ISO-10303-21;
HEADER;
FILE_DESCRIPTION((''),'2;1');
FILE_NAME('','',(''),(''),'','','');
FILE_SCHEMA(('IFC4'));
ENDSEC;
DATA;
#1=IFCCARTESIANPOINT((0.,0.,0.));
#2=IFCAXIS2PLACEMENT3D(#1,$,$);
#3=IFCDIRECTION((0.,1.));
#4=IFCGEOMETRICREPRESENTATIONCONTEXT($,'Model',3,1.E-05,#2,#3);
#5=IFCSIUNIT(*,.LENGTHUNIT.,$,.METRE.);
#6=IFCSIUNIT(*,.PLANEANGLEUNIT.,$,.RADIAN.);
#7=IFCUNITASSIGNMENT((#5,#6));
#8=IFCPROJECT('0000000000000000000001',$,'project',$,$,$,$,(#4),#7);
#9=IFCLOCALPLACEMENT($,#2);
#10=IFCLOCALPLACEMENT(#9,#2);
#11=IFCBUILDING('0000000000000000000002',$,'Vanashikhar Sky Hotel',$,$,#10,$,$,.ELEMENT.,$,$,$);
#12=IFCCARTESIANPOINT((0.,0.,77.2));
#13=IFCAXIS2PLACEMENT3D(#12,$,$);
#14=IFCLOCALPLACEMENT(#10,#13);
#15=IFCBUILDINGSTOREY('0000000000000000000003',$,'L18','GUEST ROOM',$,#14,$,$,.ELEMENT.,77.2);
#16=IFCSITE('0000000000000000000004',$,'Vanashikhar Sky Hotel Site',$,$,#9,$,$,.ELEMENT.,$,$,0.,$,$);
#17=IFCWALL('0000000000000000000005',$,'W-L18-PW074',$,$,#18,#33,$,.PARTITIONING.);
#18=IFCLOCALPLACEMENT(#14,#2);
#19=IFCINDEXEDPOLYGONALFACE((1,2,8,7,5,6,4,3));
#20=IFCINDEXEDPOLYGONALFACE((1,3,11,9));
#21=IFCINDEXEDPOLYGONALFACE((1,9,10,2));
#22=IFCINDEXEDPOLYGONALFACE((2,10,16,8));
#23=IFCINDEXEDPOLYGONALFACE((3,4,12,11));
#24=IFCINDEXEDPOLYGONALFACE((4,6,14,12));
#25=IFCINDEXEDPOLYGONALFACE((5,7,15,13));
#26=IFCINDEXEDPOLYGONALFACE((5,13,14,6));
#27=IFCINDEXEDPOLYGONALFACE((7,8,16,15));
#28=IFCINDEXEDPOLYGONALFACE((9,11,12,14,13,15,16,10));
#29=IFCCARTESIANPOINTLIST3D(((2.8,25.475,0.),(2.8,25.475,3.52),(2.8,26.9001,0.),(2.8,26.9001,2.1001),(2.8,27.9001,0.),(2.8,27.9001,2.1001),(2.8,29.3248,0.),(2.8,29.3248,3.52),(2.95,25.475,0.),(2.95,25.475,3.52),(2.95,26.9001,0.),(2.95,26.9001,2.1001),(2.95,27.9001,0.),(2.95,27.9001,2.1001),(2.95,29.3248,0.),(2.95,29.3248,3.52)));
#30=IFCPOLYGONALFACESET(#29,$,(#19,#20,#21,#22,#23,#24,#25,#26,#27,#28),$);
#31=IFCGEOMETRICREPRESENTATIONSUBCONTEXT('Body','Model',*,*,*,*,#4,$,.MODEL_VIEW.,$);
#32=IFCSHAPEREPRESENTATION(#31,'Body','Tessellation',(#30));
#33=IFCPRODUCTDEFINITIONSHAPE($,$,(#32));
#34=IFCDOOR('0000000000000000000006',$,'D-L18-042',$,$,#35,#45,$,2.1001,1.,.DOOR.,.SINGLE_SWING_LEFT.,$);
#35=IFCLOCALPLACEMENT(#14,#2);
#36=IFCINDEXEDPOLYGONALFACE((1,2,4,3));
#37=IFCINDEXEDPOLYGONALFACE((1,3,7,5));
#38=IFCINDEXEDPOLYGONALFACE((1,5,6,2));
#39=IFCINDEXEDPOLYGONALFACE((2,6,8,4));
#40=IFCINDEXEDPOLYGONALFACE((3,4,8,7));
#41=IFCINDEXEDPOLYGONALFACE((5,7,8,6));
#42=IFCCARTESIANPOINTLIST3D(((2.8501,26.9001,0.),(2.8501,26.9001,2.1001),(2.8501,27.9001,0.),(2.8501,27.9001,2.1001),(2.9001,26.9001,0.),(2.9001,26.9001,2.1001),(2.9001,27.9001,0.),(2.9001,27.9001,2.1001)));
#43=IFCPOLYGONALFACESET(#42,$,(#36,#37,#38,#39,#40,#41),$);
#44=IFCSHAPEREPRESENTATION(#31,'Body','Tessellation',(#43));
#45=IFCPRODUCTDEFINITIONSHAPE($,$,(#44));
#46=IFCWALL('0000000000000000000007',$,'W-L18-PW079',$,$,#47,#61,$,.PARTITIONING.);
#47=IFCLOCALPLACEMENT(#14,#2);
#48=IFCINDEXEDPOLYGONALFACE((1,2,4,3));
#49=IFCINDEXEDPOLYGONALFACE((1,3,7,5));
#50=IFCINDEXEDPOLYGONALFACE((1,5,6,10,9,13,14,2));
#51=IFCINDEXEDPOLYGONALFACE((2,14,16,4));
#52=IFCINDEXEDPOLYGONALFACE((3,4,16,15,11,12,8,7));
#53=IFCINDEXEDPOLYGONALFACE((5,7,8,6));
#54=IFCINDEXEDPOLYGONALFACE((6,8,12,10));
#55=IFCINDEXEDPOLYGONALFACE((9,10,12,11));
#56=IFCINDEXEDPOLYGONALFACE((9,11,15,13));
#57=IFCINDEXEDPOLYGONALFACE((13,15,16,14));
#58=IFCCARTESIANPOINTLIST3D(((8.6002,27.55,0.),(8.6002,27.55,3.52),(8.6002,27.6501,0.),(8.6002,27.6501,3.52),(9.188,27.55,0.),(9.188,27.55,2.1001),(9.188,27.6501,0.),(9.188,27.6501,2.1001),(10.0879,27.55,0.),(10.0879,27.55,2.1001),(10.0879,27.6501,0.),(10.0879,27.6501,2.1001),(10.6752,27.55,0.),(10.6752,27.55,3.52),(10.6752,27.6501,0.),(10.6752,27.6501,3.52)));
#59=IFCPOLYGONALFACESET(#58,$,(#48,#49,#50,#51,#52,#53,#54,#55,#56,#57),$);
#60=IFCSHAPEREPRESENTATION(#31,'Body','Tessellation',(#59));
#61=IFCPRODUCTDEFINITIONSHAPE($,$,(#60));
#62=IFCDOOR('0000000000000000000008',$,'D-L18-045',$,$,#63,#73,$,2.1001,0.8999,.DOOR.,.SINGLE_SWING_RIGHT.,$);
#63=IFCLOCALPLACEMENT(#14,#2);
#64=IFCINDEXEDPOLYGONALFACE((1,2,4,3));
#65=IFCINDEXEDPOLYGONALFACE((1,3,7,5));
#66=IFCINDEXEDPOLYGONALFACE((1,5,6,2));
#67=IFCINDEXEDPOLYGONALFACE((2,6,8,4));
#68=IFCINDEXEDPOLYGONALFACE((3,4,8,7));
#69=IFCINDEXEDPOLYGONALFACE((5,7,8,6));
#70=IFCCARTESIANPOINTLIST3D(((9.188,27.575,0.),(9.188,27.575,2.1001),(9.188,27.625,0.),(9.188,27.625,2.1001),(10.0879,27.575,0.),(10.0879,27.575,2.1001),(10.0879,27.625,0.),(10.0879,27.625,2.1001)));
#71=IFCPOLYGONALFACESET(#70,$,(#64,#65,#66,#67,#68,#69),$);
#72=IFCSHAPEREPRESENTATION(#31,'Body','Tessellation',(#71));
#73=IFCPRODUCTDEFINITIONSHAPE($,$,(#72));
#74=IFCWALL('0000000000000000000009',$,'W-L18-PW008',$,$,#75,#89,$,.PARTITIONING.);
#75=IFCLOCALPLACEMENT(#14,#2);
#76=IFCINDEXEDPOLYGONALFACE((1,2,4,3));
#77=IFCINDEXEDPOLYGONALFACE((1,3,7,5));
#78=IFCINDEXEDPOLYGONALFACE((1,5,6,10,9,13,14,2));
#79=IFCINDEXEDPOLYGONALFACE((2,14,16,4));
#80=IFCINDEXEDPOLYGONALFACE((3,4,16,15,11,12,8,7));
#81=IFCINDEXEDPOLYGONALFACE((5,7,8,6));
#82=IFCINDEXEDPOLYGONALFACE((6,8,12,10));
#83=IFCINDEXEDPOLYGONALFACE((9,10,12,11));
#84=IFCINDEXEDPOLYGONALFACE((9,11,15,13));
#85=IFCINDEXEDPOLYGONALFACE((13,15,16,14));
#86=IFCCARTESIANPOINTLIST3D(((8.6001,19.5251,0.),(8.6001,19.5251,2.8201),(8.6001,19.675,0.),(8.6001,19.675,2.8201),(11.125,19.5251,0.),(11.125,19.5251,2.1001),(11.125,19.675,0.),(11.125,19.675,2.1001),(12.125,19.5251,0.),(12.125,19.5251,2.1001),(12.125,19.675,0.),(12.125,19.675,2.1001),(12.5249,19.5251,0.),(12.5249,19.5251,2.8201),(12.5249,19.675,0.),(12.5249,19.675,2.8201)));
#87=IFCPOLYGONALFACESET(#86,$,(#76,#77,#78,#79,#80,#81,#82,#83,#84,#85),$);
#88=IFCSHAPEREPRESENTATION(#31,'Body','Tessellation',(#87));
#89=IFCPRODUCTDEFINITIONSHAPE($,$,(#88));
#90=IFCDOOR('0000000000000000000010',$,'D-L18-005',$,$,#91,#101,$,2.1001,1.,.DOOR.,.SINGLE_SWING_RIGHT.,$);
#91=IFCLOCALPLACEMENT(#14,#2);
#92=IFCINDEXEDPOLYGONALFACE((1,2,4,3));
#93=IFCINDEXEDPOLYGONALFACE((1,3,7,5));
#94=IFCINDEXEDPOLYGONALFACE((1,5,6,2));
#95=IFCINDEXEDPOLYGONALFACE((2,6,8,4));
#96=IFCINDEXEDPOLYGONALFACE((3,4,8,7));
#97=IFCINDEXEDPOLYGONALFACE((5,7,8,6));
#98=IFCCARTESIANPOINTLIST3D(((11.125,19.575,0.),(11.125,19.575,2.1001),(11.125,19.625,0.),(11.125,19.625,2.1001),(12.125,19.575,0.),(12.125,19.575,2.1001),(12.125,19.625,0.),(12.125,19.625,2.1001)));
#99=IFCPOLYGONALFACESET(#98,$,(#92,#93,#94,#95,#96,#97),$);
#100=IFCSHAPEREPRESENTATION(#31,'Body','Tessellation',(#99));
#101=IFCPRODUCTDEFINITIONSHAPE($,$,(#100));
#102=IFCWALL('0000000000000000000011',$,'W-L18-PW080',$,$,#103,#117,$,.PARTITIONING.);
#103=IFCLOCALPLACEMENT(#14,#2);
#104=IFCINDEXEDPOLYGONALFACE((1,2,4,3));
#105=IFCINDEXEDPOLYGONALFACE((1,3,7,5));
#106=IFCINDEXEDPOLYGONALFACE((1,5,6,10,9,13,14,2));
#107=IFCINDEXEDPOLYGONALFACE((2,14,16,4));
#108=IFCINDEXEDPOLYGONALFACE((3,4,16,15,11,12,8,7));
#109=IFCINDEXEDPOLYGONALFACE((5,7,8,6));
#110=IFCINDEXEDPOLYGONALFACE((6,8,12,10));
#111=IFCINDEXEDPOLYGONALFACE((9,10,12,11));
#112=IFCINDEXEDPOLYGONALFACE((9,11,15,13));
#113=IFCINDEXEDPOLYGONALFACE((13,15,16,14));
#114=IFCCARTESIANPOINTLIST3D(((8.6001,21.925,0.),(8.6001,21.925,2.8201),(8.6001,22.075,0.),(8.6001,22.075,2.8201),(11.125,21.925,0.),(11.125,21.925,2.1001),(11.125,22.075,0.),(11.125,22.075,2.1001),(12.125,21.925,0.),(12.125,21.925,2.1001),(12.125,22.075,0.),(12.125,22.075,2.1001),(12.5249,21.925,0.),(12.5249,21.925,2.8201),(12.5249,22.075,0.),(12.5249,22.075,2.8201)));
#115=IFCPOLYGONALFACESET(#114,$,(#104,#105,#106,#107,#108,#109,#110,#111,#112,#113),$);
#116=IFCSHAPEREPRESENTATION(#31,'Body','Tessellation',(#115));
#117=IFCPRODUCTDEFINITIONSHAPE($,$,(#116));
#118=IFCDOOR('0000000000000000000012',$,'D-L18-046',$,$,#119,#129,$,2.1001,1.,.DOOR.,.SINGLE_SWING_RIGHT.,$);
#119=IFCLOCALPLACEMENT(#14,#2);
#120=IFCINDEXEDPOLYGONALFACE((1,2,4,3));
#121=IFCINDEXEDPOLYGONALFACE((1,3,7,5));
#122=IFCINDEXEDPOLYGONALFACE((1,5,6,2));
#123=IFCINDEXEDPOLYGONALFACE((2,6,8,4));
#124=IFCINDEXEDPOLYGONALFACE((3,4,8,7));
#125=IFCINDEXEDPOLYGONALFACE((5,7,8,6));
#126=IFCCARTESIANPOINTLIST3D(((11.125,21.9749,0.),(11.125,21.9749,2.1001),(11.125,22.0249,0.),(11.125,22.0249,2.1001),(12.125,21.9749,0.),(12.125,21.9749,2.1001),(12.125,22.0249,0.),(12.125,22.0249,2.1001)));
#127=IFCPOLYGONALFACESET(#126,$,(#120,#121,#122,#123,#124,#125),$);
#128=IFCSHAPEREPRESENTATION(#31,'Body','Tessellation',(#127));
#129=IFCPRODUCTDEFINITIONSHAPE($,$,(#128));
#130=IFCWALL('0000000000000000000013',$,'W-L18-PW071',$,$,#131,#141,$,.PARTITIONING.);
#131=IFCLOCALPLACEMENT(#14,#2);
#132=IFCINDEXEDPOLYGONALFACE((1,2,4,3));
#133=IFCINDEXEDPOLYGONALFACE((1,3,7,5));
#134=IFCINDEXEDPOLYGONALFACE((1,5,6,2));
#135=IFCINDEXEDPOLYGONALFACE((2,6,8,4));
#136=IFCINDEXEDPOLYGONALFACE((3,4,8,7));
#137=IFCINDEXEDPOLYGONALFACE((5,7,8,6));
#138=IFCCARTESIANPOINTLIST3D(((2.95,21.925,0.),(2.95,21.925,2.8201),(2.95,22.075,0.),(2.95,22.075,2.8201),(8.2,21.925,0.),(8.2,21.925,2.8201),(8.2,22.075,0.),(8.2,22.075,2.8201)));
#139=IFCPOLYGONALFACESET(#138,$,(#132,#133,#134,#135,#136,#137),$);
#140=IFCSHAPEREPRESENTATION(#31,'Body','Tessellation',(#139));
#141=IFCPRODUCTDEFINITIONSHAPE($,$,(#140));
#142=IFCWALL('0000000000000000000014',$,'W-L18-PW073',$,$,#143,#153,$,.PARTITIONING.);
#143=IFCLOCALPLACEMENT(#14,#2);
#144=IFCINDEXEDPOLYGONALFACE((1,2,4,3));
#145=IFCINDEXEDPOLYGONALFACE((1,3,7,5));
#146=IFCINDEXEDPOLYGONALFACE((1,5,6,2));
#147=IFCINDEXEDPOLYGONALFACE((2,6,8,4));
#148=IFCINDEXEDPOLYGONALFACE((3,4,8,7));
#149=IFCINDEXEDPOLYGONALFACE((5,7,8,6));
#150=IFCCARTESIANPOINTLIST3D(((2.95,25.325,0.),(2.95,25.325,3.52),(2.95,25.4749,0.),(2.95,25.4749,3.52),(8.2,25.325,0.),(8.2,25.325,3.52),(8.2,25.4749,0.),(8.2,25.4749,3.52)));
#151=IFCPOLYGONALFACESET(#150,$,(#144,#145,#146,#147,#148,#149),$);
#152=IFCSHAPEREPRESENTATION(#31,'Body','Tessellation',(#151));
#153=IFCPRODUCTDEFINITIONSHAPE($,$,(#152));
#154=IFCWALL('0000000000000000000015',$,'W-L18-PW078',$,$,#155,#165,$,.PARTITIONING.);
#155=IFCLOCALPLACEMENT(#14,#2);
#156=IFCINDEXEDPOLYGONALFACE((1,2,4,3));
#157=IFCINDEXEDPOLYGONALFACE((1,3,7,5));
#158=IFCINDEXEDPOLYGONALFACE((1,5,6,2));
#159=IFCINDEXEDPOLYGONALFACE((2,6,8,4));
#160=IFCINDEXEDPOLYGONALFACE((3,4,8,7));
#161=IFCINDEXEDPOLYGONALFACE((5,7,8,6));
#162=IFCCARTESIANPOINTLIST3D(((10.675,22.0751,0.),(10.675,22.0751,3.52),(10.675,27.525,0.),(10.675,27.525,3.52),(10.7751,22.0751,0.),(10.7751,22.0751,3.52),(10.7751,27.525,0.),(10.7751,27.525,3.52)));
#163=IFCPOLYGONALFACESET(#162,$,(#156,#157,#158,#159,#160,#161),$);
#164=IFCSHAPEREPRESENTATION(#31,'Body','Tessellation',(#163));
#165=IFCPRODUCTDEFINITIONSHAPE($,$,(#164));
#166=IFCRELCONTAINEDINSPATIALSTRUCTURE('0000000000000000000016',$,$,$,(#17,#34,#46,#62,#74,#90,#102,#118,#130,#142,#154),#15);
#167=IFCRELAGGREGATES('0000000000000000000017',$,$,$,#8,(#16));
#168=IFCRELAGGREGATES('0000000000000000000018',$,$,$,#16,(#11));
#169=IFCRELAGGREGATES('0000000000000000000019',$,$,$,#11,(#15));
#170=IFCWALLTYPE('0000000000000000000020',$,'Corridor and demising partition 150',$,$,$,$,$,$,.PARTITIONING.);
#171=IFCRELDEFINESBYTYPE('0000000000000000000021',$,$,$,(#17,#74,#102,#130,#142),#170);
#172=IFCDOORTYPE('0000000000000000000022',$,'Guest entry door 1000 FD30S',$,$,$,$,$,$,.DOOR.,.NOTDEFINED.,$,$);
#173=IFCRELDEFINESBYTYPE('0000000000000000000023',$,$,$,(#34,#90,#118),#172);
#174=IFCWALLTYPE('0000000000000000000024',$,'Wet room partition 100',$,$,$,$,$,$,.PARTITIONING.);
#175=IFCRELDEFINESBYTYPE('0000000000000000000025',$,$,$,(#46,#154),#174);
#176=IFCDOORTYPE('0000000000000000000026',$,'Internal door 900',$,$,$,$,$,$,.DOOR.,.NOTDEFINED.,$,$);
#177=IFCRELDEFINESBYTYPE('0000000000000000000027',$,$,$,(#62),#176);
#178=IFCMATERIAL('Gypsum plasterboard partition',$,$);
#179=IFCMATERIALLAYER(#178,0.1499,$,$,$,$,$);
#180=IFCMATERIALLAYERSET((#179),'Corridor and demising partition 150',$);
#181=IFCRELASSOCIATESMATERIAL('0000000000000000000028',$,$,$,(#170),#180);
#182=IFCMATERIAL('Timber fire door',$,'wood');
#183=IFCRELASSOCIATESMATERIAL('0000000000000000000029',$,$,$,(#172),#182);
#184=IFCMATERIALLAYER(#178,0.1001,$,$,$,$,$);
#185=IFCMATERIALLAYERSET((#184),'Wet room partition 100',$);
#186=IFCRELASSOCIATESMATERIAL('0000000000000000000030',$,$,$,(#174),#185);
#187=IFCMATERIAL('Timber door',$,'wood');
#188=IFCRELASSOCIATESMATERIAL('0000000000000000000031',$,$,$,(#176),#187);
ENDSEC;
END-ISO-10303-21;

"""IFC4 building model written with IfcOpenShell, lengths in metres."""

from ifc_helpers import new_model, si_unit, direction, frame, frame_2d, origin, place, context, subcontext, project, spatial, rectangle, extrude, source, transform, mapped, material, layer, layer_set, type_object, element, fill, save


model = new_model("IFC4")

# Units and contexts
model_context = context("Model", 3, precision=1e-05, world=origin(), true_north=direction((0.0, 1.0)))
body_context = subcontext(model_context, "Body", "Model", "MODEL_VIEW")
ifc_project = project(units=[si_unit("LENGTHUNIT", "METRE"), si_unit("PLANEANGLEUNIT", "RADIAN")], contexts=[model_context])

# Site, building, storey
site_placement = place(None, origin())
site = spatial("IfcSite", under=ifc_project, at=site_placement, Name="Vanashikhar Sky Hotel Site", CompositionType="ELEMENT", RefElevation=0.0)
building_placement = place(site_placement, origin())
building = spatial("IfcBuilding", under=site, at=building_placement, Name="Vanashikhar Sky Hotel", CompositionType="ELEMENT")
storey_placement = place(building_placement, frame((0.0, 0.0, 77.2)))
storey = spatial("IfcBuildingStorey", under=building, at=storey_placement, Name="L18", Description="GUEST ROOM", CompositionType="ELEMENT", Elevation=77.2)

# Walls, openings, doors
ifc_material_1 = material(Name="Gypsum plasterboard partition")
ifc_layer_1 = layer(ifc_material_1, 0.1499)
ifc_layer_set_1 = layer_set([ifc_layer_1], Name="Corridor and demising partition 150")
wall_type_1 = type_object("IfcWallType", Name="Corridor and demising partition 150", PredefinedType="PARTITIONING", material=ifc_layer_set_1)
shared_shape_1 = source(origin(), body_context, "Body", "SweptSolid", [
    extrude(rectangle(XDim=1.0, YDim=2.1001, at=frame_2d((0.5, 1.05))), frame((0.0, 0.085, 0.0), z_axis=(0.0, -1.0, 0.0), x_axis=(1.0, 0.0, 0.0)), (0.0, 0.0, 1.0), 0.1699),
])
ifc_material_2 = material(Name="Timber fire door", Category="wood")
door_type_1 = type_object("IfcDoorType", Name="Guest entry door 1000 FD30S", OperationType="NOTDEFINED", PredefinedType="DOOR", material=ifc_material_2)
shared_shape_2 = source(origin(), body_context, "Body", "SweptSolid", [
    extrude(rectangle(XDim=1.0, YDim=2.1001, at=frame_2d((0.5, 1.05))), frame((0.0, 0.0249, 0.0), z_axis=(0.0, -1.0, 0.0), x_axis=(1.0, 0.0, 0.0)), (0.0, 0.0, 1.0), 0.05),
])
shared_shape_3 = source(origin(), body_context, "Body", "SweptSolid", [
    extrude(rectangle(XDim=3.8499, YDim=0.1499, at=frame_2d((1.9248, 0.0))), origin(), (0.0, 0.0, 1.0), 3.52),
])
wall_1_placement = place(storey_placement, frame((2.875, 25.4751, 0.0), z_axis=(0.0, 0.0, 1.0), x_axis=(0.0, 1.0, 0.0)))
wall_1 = element("IfcWall", 1, at=wall_1_placement, inside=storey, type_object=wall_type_1, Name="W-L18-PW074", PredefinedType="PARTITIONING", context=body_context, shape_type="MappedRepresentation", body=[
    mapped(shared_shape_3, transform((0.0, 0.0, 0.0), scale=1.0)),
])
opening_1_placement = place(wall_1_placement, frame((1.425, 0.0, 0.0)))
opening_1 = element("IfcOpeningElement", 2, at=opening_1_placement, cuts=wall_1, PredefinedType="OPENING", context=body_context, shape_type="MappedRepresentation", body=[
    mapped(shared_shape_1, transform((0.0, 0.0, 0.0), scale=1.0)),
])
door_1_placement = place(opening_1_placement, origin())
door_1 = element("IfcDoor", 3, at=door_1_placement, inside=storey, type_object=door_type_1, Name="D-L18-042", OperationType="SINGLE_SWING_LEFT", OverallHeight=2.1001, OverallWidth=1.0, PredefinedType="DOOR", context=body_context, shape_type="MappedRepresentation", body=[
    mapped(shared_shape_2, transform((0.0, 0.0, 0.0), scale=1.0)),
])
fill(opening_1, door_1)
ifc_layer_2 = layer(ifc_material_1, 0.1001)
ifc_layer_set_2 = layer_set([ifc_layer_2], Name="Wet room partition 100")
wall_type_2 = type_object("IfcWallType", Name="Wet room partition 100", PredefinedType="PARTITIONING", material=ifc_layer_set_2)
shared_shape_4 = source(origin(), body_context, "Body", "SweptSolid", [
    extrude(rectangle(XDim=2.075, YDim=0.1001, at=frame_2d((1.0376, 0.0))), origin(), (0.0, 0.0, 1.0), 3.52),
])
wall_2_placement = place(storey_placement, frame((8.6001, 27.6001, 0.0), z_axis=(0.0, 0.0, 1.0), x_axis=(1.0, 0.0, 0.0)))
wall_2 = element("IfcWall", 4, at=wall_2_placement, inside=storey, type_object=wall_type_2, Name="W-L18-PW079", PredefinedType="PARTITIONING", context=body_context, shape_type="MappedRepresentation", body=[
    mapped(shared_shape_4, transform((0.0, 0.0, 0.0), scale=1.0)),
])
shared_shape_5 = source(origin(), body_context, "Body", "SweptSolid", [
    extrude(rectangle(XDim=0.8999, YDim=2.1001, at=frame_2d((0.45, 1.05))), frame((0.0, 0.0601, 0.0), z_axis=(0.0, -1.0, 0.0), x_axis=(1.0, 0.0, 0.0)), (0.0, 0.0, 1.0), 0.1201),
])
opening_2_placement = place(wall_2_placement, frame((0.5879, 0.0, 0.0)))
opening_2 = element("IfcOpeningElement", 5, at=opening_2_placement, cuts=wall_2, PredefinedType="OPENING", context=body_context, shape_type="MappedRepresentation", body=[
    mapped(shared_shape_5, transform((0.0, 0.0, 0.0), scale=1.0)),
])
ifc_material_3 = material(Name="Timber door", Category="wood")
door_type_2 = type_object("IfcDoorType", Name="Internal door 900", OperationType="NOTDEFINED", PredefinedType="DOOR", material=ifc_material_3)
shared_shape_6 = source(origin(), body_context, "Body", "SweptSolid", [
    extrude(rectangle(XDim=0.8999, YDim=2.1001, at=frame_2d((0.45, 1.05))), frame((0.0, 0.0249, 0.0), z_axis=(0.0, -1.0, 0.0), x_axis=(1.0, 0.0, 0.0)), (0.0, 0.0, 1.0), 0.05),
])
door_2_placement = place(opening_2_placement, origin())
door_2 = element("IfcDoor", 6, at=door_2_placement, inside=storey, type_object=door_type_2, Name="D-L18-045", OperationType="SINGLE_SWING_RIGHT", OverallHeight=2.1001, OverallWidth=0.8999, PredefinedType="DOOR", context=body_context, shape_type="MappedRepresentation", body=[
    mapped(shared_shape_6, transform((0.0, 0.0, 0.0), scale=1.0)),
])
fill(opening_2, door_2)
shared_shape_7 = source(origin(), body_context, "Body", "SweptSolid", [
    extrude(rectangle(XDim=3.9248, YDim=0.1499, at=frame_2d((1.9624, 0.0))), origin(), (0.0, 0.0, 1.0), 2.8201),
])
wall_3_placement = place(storey_placement, frame((8.6001, 19.6001, 0.0), z_axis=(0.0, 0.0, 1.0), x_axis=(1.0, 0.0, 0.0)))
wall_3 = element("IfcWall", 7, at=wall_3_placement, inside=storey, type_object=wall_type_1, Name="W-L18-PW008", PredefinedType="PARTITIONING", context=body_context, shape_type="MappedRepresentation", body=[
    mapped(shared_shape_7, transform((0.0, 0.0, 0.0), scale=1.0)),
])
opening_3_placement = place(wall_3_placement, frame((2.5249, 0.0, 0.0)))
opening_3 = element("IfcOpeningElement", 8, at=opening_3_placement, cuts=wall_3, PredefinedType="OPENING", context=body_context, shape_type="MappedRepresentation", body=[
    mapped(shared_shape_1, transform((0.0, 0.0, 0.0), scale=1.0)),
])
door_3_placement = place(opening_3_placement, origin())
door_3 = element("IfcDoor", 9, at=door_3_placement, inside=storey, type_object=door_type_1, Name="D-L18-005", OperationType="SINGLE_SWING_RIGHT", OverallHeight=2.1001, OverallWidth=1.0, PredefinedType="DOOR", context=body_context, shape_type="MappedRepresentation", body=[
    mapped(shared_shape_2, transform((0.0, 0.0, 0.0), scale=1.0)),
])
fill(opening_3, door_3)
wall_4_placement = place(storey_placement, frame((8.6001, 22.0, 0.0), z_axis=(0.0, 0.0, 1.0), x_axis=(1.0, 0.0, 0.0)))
wall_4 = element("IfcWall", 10, at=wall_4_placement, inside=storey, type_object=wall_type_1, Name="W-L18-PW080", PredefinedType="PARTITIONING", context=body_context, shape_type="MappedRepresentation", body=[
    mapped(shared_shape_7, transform((0.0, 0.0, 0.0), scale=1.0)),
])
opening_4_placement = place(wall_4_placement, frame((2.5249, 0.0, 0.0)))
opening_4 = element("IfcOpeningElement", 11, at=opening_4_placement, cuts=wall_4, PredefinedType="OPENING", context=body_context, shape_type="MappedRepresentation", body=[
    mapped(shared_shape_1, transform((0.0, 0.0, 0.0), scale=1.0)),
])
door_4_placement = place(opening_4_placement, origin())
door_4 = element("IfcDoor", 12, at=door_4_placement, inside=storey, type_object=door_type_1, Name="D-L18-046", OperationType="SINGLE_SWING_RIGHT", OverallHeight=2.1001, OverallWidth=1.0, PredefinedType="DOOR", context=body_context, shape_type="MappedRepresentation", body=[
    mapped(shared_shape_2, transform((0.0, 0.0, 0.0), scale=1.0)),
])
fill(opening_4, door_4)

# Walls
shared_shape_8 = source(origin(), body_context, "Body", "SweptSolid", [
    extrude(rectangle(XDim=5.25, YDim=0.1499, at=frame_2d((2.625, 0.0))), origin(), (0.0, 0.0, 1.0), 2.8201),
])
wall_5_placement = place(storey_placement, frame((2.95, 22.0, 0.0), z_axis=(0.0, 0.0, 1.0), x_axis=(1.0, 0.0, 0.0)))
element("IfcWall", 13, at=wall_5_placement, inside=storey, type_object=wall_type_1, Name="W-L18-PW071", PredefinedType="PARTITIONING", context=body_context, shape_type="MappedRepresentation", body=[
    mapped(shared_shape_8, transform((0.0, 0.0, 0.0), scale=1.0)),
])
shared_shape_9 = source(origin(), body_context, "Body", "SweptSolid", [
    extrude(rectangle(XDim=5.25, YDim=0.1499, at=frame_2d((2.625, 0.0))), origin(), (0.0, 0.0, 1.0), 3.52),
])
wall_6_placement = place(storey_placement, frame((2.95, 25.3999, 0.0), z_axis=(0.0, 0.0, 1.0), x_axis=(1.0, 0.0, 0.0)))
element("IfcWall", 14, at=wall_6_placement, inside=storey, type_object=wall_type_1, Name="W-L18-PW073", PredefinedType="PARTITIONING", context=body_context, shape_type="MappedRepresentation", body=[
    mapped(shared_shape_9, transform((0.0, 0.0, 0.0), scale=1.0)),
])
shared_shape_10 = source(origin(), body_context, "Body", "SweptSolid", [
    extrude(rectangle(XDim=5.45, YDim=0.1001, at=frame_2d((2.7251, 0.0))), origin(), (0.0, 0.0, 1.0), 3.52),
])
wall_7_placement = place(storey_placement, frame((10.7251, 22.075, 0.0), z_axis=(0.0, 0.0, 1.0), x_axis=(0.0, 1.0, 0.0)))
element("IfcWall", 15, at=wall_7_placement, inside=storey, type_object=wall_type_2, Name="W-L18-PW078", PredefinedType="PARTITIONING", context=body_context, shape_type="MappedRepresentation", body=[
    mapped(shared_shape_10, transform((0.0, 0.0, 0.0), scale=1.0)),
])

save(model, "model.ifc")
